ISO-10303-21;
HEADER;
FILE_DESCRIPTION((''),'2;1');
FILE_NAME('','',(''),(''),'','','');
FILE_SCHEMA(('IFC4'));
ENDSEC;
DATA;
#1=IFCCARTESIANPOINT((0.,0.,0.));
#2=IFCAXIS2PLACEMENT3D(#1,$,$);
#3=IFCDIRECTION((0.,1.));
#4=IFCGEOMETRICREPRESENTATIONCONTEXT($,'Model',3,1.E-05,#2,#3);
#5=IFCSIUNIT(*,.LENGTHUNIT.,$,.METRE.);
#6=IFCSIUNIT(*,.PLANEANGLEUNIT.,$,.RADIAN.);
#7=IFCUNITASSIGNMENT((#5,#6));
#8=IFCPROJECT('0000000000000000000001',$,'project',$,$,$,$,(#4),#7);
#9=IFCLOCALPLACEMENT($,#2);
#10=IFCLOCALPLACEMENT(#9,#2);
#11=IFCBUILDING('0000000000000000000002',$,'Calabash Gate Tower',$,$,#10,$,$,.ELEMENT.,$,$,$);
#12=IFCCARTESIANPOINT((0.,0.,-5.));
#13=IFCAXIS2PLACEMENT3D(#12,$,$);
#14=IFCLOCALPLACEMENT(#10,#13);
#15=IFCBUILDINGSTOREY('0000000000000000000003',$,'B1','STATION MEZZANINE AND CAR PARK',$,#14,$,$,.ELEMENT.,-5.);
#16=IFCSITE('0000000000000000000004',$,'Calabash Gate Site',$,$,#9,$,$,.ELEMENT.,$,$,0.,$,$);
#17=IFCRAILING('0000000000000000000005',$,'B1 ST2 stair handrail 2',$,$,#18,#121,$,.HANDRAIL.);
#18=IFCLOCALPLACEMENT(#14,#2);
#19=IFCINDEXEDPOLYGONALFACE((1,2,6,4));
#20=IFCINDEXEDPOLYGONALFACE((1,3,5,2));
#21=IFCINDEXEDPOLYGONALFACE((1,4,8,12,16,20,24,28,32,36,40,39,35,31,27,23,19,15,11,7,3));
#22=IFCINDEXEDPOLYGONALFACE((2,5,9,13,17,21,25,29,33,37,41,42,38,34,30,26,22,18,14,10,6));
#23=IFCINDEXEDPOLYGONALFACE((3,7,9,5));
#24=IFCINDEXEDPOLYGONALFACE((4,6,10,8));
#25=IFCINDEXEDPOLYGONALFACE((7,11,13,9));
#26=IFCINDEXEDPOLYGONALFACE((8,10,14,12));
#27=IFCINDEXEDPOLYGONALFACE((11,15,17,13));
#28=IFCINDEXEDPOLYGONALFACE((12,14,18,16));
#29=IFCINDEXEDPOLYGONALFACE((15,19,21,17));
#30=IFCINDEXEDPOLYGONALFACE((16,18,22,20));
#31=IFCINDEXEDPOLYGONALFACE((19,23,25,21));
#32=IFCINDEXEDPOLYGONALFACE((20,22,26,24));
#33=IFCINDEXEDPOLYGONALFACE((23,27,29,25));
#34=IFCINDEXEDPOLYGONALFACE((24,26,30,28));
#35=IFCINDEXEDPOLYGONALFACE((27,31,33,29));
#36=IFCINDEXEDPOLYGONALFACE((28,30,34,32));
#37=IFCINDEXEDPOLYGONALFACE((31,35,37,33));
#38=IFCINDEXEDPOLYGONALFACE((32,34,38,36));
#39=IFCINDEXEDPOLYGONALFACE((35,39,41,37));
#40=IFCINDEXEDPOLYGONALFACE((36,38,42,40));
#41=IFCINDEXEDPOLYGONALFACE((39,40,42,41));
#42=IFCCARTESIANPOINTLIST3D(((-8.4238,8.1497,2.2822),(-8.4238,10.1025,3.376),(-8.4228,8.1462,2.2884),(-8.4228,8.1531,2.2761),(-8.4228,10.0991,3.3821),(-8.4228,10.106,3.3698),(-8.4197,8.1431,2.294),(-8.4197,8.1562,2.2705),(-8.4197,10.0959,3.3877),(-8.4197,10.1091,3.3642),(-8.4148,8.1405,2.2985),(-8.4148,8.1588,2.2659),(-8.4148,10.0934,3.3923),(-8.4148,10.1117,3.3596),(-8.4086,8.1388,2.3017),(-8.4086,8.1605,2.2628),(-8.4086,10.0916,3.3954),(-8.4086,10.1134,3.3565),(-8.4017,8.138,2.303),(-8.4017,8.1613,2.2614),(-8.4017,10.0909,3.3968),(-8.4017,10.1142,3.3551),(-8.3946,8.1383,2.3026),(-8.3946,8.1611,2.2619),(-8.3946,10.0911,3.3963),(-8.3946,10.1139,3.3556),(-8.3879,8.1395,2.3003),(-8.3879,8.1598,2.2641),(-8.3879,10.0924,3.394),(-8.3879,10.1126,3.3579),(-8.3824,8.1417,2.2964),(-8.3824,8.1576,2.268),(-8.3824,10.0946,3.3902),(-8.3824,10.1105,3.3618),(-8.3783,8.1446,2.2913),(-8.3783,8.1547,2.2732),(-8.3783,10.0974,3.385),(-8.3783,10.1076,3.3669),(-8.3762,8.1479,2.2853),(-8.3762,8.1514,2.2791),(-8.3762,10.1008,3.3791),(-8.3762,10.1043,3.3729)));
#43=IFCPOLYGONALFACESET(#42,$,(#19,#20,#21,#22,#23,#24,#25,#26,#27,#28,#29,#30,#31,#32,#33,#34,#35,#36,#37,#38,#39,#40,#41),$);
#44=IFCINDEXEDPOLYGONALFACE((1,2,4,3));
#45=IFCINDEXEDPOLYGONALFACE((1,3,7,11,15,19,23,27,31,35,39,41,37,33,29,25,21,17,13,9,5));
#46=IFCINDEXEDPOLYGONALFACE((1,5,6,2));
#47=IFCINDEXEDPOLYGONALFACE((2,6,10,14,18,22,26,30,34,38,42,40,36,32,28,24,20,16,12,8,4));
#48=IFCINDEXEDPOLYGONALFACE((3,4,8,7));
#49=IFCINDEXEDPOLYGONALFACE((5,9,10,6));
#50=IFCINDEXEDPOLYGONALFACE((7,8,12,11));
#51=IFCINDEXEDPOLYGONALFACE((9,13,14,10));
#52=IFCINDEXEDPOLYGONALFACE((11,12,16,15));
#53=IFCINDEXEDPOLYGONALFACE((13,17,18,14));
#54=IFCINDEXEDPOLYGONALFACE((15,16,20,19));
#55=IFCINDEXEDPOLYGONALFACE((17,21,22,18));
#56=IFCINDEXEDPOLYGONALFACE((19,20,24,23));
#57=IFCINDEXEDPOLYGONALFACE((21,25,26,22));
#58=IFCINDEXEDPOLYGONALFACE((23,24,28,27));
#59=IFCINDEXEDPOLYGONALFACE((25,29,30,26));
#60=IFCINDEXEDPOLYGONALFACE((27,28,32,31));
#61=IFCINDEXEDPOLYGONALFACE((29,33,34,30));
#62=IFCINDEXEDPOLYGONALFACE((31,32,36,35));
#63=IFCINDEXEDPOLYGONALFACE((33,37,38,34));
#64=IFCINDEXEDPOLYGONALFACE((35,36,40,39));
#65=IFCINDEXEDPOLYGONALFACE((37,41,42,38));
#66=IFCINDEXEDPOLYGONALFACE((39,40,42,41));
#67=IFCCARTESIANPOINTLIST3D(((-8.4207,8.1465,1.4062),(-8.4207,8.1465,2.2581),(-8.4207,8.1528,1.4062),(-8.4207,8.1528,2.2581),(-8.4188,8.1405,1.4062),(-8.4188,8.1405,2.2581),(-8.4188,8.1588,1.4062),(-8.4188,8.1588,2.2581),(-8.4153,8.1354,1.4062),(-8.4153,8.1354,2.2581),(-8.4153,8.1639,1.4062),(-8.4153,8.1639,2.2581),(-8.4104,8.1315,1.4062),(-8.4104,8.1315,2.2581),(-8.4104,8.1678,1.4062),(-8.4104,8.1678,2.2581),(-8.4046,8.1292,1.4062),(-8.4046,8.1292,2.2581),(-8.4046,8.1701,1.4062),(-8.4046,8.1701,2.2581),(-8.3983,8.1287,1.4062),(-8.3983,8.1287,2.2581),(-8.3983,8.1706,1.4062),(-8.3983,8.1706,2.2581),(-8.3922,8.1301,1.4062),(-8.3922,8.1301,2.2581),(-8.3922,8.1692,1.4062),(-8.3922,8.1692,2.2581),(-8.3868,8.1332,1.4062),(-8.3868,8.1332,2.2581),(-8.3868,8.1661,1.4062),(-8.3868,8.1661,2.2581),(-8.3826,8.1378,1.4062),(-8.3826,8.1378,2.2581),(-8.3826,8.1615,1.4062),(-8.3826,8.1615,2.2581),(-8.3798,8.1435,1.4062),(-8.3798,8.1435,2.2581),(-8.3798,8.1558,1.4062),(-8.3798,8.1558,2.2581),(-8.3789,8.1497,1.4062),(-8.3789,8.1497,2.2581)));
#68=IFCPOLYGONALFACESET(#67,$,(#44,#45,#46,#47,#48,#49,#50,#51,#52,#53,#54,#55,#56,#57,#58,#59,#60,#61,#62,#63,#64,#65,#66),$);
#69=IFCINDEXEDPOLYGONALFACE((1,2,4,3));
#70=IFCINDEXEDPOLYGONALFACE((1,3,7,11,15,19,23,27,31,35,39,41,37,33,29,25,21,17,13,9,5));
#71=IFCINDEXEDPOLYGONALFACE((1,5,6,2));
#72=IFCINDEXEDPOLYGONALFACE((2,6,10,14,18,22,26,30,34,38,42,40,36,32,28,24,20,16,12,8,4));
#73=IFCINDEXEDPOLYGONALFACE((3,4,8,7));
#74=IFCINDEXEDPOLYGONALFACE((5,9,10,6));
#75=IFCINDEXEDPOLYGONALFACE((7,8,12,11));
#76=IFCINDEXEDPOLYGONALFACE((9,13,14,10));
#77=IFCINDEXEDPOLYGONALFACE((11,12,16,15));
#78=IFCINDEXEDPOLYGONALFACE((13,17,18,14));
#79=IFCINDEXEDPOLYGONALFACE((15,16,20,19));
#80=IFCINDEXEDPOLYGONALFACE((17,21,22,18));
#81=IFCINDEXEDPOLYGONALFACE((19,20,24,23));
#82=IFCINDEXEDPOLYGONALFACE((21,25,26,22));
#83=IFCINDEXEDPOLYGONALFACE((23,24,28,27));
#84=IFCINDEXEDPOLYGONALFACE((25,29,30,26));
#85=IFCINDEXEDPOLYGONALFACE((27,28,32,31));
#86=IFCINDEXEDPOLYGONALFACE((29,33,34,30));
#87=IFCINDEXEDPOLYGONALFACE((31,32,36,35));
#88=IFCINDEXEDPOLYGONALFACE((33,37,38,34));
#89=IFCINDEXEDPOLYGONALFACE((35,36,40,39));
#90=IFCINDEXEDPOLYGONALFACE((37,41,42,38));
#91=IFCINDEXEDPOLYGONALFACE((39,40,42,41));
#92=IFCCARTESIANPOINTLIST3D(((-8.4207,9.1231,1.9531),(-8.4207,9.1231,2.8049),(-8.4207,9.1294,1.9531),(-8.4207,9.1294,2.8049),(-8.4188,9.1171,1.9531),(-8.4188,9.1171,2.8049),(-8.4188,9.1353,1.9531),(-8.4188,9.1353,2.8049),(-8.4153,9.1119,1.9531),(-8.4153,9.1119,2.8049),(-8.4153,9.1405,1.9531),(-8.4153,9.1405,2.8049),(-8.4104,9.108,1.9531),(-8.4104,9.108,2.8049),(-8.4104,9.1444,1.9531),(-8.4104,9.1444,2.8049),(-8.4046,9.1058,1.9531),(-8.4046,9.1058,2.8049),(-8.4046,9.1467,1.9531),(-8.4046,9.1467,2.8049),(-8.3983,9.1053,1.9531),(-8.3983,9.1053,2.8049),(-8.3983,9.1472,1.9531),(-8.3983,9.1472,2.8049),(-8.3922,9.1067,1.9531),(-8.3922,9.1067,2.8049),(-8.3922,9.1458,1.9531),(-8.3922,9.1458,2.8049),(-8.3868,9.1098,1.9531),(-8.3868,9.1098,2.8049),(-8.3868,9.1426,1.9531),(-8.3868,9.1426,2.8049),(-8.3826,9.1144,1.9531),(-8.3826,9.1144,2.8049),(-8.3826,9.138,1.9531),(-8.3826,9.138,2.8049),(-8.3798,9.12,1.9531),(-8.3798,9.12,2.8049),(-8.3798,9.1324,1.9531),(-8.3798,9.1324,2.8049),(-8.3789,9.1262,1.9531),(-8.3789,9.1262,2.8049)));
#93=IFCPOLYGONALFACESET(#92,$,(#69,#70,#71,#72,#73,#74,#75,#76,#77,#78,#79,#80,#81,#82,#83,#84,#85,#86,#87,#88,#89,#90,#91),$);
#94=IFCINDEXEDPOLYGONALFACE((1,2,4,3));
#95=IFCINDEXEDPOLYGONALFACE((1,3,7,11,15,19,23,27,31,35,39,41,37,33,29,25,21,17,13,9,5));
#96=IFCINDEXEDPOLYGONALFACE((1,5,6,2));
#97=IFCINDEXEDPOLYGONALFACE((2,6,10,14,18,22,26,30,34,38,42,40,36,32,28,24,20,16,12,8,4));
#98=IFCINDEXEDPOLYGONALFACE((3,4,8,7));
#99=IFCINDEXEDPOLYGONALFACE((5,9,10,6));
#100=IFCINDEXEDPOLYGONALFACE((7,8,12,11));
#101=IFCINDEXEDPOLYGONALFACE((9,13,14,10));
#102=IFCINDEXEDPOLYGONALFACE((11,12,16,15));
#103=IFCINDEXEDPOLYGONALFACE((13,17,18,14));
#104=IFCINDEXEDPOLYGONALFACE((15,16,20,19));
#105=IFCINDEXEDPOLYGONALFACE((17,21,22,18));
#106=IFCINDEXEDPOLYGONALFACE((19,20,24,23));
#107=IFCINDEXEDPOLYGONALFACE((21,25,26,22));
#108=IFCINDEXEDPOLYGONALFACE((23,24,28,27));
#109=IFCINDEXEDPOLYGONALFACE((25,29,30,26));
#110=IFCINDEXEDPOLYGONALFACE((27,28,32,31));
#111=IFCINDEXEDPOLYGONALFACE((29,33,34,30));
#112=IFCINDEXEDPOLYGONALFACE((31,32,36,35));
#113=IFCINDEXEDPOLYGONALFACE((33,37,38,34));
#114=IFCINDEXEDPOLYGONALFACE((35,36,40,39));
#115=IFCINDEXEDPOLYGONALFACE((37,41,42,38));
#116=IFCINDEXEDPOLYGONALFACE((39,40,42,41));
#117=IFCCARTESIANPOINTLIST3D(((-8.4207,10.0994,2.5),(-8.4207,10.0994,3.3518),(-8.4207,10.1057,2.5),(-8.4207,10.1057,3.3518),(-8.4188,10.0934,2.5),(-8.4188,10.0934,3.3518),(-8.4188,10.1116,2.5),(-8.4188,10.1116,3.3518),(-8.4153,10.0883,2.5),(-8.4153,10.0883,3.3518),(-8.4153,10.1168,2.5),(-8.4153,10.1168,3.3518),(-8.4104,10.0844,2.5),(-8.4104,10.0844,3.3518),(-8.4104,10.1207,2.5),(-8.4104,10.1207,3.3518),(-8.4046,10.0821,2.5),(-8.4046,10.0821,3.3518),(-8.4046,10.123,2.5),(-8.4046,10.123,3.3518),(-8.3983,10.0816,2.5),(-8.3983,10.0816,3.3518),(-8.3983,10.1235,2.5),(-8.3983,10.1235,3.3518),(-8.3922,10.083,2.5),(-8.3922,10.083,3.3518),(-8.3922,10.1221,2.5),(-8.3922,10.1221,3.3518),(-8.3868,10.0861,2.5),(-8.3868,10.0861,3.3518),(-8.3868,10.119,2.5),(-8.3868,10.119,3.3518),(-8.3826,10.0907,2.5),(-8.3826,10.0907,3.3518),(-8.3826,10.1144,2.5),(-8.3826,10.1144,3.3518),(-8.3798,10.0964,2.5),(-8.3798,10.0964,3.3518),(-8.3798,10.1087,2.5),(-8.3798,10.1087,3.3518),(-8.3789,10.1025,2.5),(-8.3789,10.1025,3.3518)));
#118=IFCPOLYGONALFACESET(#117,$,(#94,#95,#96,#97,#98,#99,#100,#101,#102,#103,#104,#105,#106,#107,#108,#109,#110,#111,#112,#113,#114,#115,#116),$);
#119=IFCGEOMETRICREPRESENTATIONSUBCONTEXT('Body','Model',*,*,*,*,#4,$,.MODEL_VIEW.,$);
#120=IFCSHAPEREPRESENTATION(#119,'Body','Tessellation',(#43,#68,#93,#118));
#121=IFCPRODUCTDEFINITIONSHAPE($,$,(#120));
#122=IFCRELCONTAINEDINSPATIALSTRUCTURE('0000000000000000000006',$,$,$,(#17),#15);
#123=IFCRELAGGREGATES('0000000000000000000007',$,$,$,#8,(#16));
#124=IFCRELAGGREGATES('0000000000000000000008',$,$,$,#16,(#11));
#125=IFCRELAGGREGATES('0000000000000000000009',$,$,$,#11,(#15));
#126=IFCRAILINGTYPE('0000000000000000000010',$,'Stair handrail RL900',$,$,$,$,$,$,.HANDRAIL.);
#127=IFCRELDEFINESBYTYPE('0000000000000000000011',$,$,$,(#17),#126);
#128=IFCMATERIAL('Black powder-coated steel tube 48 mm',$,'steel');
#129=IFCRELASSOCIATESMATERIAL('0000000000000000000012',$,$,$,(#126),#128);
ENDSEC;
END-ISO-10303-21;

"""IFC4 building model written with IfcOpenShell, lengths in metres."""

from ifc_helpers import new_model, si_unit, direction, frame, origin, origin_2d, place, context, subcontext, project, spatial, circle, extrude, material, type_object, element, save


model = new_model("IFC4")

# Units and contexts
model_context = context("Model", 3, precision=1e-05, world=origin(), true_north=direction((0.0, 1.0)))
body_context = subcontext(model_context, "Body", "Model", "MODEL_VIEW")
ifc_project = project(units=[si_unit("LENGTHUNIT", "METRE"), si_unit("PLANEANGLEUNIT", "RADIAN")], contexts=[model_context])

# Site, building, storey
site_placement = place(None, origin())
site = spatial("IfcSite", under=ifc_project, at=site_placement, Name="Calabash Gate Site", CompositionType="ELEMENT", RefElevation=0.0)
building_placement = place(site_placement, origin())
building = spatial("IfcBuilding", under=site, at=building_placement, Name="Calabash Gate Tower", CompositionType="ELEMENT")
storey_placement = place(building_placement, frame((0.0, 0.0, -5.0)))
storey = spatial("IfcBuildingStorey", under=building, at=storey_placement, Name="B1", Description="STATION MEZZANINE AND CAR PARK", CompositionType="ELEMENT", Elevation=-5.0)

# Railing
ifc_material_1 = material(Name="Black powder-coated steel tube 48 mm", Category="steel")
railing_type_1 = type_object("IfcRailingType", Name="Stair handrail RL900", PredefinedType="HANDRAIL", material=ifc_material_1)
railing_1_placement = place(storey_placement, frame((-8.3999, 8.1497, 1.4062)))
element("IfcRailing", 1, at=railing_1_placement, inside=storey, type_object=railing_type_1, Name="B1 ST2 stair handrail 2", PredefinedType="HANDRAIL", context=body_context, shape_type="SweptSolid", body=[
    extrude(circle(Radius=0.0239, at=origin_2d()), frame((0.0, 0.0, 0.876), z_axis=(0.0, 0.87248, 0.48865), x_axis=(-1.0, 0.0, 0.0)), (0.0, 0.0, 1.0), 2.2383),
    extrude(circle(Radius=0.021, at=origin_2d()), origin(), (0.0, 0.0, 1.0), 0.8518),
    extrude(circle(Radius=0.021, at=origin_2d()), frame((0.0, 0.9766, 0.5469)), (0.0, 0.0, 1.0), 0.8518),
    extrude(circle(Radius=0.021, at=origin_2d()), frame((0.0, 1.9529, 1.0938)), (0.0, 0.0, 1.0), 0.8518),
])

save(model, "model.ifc")
